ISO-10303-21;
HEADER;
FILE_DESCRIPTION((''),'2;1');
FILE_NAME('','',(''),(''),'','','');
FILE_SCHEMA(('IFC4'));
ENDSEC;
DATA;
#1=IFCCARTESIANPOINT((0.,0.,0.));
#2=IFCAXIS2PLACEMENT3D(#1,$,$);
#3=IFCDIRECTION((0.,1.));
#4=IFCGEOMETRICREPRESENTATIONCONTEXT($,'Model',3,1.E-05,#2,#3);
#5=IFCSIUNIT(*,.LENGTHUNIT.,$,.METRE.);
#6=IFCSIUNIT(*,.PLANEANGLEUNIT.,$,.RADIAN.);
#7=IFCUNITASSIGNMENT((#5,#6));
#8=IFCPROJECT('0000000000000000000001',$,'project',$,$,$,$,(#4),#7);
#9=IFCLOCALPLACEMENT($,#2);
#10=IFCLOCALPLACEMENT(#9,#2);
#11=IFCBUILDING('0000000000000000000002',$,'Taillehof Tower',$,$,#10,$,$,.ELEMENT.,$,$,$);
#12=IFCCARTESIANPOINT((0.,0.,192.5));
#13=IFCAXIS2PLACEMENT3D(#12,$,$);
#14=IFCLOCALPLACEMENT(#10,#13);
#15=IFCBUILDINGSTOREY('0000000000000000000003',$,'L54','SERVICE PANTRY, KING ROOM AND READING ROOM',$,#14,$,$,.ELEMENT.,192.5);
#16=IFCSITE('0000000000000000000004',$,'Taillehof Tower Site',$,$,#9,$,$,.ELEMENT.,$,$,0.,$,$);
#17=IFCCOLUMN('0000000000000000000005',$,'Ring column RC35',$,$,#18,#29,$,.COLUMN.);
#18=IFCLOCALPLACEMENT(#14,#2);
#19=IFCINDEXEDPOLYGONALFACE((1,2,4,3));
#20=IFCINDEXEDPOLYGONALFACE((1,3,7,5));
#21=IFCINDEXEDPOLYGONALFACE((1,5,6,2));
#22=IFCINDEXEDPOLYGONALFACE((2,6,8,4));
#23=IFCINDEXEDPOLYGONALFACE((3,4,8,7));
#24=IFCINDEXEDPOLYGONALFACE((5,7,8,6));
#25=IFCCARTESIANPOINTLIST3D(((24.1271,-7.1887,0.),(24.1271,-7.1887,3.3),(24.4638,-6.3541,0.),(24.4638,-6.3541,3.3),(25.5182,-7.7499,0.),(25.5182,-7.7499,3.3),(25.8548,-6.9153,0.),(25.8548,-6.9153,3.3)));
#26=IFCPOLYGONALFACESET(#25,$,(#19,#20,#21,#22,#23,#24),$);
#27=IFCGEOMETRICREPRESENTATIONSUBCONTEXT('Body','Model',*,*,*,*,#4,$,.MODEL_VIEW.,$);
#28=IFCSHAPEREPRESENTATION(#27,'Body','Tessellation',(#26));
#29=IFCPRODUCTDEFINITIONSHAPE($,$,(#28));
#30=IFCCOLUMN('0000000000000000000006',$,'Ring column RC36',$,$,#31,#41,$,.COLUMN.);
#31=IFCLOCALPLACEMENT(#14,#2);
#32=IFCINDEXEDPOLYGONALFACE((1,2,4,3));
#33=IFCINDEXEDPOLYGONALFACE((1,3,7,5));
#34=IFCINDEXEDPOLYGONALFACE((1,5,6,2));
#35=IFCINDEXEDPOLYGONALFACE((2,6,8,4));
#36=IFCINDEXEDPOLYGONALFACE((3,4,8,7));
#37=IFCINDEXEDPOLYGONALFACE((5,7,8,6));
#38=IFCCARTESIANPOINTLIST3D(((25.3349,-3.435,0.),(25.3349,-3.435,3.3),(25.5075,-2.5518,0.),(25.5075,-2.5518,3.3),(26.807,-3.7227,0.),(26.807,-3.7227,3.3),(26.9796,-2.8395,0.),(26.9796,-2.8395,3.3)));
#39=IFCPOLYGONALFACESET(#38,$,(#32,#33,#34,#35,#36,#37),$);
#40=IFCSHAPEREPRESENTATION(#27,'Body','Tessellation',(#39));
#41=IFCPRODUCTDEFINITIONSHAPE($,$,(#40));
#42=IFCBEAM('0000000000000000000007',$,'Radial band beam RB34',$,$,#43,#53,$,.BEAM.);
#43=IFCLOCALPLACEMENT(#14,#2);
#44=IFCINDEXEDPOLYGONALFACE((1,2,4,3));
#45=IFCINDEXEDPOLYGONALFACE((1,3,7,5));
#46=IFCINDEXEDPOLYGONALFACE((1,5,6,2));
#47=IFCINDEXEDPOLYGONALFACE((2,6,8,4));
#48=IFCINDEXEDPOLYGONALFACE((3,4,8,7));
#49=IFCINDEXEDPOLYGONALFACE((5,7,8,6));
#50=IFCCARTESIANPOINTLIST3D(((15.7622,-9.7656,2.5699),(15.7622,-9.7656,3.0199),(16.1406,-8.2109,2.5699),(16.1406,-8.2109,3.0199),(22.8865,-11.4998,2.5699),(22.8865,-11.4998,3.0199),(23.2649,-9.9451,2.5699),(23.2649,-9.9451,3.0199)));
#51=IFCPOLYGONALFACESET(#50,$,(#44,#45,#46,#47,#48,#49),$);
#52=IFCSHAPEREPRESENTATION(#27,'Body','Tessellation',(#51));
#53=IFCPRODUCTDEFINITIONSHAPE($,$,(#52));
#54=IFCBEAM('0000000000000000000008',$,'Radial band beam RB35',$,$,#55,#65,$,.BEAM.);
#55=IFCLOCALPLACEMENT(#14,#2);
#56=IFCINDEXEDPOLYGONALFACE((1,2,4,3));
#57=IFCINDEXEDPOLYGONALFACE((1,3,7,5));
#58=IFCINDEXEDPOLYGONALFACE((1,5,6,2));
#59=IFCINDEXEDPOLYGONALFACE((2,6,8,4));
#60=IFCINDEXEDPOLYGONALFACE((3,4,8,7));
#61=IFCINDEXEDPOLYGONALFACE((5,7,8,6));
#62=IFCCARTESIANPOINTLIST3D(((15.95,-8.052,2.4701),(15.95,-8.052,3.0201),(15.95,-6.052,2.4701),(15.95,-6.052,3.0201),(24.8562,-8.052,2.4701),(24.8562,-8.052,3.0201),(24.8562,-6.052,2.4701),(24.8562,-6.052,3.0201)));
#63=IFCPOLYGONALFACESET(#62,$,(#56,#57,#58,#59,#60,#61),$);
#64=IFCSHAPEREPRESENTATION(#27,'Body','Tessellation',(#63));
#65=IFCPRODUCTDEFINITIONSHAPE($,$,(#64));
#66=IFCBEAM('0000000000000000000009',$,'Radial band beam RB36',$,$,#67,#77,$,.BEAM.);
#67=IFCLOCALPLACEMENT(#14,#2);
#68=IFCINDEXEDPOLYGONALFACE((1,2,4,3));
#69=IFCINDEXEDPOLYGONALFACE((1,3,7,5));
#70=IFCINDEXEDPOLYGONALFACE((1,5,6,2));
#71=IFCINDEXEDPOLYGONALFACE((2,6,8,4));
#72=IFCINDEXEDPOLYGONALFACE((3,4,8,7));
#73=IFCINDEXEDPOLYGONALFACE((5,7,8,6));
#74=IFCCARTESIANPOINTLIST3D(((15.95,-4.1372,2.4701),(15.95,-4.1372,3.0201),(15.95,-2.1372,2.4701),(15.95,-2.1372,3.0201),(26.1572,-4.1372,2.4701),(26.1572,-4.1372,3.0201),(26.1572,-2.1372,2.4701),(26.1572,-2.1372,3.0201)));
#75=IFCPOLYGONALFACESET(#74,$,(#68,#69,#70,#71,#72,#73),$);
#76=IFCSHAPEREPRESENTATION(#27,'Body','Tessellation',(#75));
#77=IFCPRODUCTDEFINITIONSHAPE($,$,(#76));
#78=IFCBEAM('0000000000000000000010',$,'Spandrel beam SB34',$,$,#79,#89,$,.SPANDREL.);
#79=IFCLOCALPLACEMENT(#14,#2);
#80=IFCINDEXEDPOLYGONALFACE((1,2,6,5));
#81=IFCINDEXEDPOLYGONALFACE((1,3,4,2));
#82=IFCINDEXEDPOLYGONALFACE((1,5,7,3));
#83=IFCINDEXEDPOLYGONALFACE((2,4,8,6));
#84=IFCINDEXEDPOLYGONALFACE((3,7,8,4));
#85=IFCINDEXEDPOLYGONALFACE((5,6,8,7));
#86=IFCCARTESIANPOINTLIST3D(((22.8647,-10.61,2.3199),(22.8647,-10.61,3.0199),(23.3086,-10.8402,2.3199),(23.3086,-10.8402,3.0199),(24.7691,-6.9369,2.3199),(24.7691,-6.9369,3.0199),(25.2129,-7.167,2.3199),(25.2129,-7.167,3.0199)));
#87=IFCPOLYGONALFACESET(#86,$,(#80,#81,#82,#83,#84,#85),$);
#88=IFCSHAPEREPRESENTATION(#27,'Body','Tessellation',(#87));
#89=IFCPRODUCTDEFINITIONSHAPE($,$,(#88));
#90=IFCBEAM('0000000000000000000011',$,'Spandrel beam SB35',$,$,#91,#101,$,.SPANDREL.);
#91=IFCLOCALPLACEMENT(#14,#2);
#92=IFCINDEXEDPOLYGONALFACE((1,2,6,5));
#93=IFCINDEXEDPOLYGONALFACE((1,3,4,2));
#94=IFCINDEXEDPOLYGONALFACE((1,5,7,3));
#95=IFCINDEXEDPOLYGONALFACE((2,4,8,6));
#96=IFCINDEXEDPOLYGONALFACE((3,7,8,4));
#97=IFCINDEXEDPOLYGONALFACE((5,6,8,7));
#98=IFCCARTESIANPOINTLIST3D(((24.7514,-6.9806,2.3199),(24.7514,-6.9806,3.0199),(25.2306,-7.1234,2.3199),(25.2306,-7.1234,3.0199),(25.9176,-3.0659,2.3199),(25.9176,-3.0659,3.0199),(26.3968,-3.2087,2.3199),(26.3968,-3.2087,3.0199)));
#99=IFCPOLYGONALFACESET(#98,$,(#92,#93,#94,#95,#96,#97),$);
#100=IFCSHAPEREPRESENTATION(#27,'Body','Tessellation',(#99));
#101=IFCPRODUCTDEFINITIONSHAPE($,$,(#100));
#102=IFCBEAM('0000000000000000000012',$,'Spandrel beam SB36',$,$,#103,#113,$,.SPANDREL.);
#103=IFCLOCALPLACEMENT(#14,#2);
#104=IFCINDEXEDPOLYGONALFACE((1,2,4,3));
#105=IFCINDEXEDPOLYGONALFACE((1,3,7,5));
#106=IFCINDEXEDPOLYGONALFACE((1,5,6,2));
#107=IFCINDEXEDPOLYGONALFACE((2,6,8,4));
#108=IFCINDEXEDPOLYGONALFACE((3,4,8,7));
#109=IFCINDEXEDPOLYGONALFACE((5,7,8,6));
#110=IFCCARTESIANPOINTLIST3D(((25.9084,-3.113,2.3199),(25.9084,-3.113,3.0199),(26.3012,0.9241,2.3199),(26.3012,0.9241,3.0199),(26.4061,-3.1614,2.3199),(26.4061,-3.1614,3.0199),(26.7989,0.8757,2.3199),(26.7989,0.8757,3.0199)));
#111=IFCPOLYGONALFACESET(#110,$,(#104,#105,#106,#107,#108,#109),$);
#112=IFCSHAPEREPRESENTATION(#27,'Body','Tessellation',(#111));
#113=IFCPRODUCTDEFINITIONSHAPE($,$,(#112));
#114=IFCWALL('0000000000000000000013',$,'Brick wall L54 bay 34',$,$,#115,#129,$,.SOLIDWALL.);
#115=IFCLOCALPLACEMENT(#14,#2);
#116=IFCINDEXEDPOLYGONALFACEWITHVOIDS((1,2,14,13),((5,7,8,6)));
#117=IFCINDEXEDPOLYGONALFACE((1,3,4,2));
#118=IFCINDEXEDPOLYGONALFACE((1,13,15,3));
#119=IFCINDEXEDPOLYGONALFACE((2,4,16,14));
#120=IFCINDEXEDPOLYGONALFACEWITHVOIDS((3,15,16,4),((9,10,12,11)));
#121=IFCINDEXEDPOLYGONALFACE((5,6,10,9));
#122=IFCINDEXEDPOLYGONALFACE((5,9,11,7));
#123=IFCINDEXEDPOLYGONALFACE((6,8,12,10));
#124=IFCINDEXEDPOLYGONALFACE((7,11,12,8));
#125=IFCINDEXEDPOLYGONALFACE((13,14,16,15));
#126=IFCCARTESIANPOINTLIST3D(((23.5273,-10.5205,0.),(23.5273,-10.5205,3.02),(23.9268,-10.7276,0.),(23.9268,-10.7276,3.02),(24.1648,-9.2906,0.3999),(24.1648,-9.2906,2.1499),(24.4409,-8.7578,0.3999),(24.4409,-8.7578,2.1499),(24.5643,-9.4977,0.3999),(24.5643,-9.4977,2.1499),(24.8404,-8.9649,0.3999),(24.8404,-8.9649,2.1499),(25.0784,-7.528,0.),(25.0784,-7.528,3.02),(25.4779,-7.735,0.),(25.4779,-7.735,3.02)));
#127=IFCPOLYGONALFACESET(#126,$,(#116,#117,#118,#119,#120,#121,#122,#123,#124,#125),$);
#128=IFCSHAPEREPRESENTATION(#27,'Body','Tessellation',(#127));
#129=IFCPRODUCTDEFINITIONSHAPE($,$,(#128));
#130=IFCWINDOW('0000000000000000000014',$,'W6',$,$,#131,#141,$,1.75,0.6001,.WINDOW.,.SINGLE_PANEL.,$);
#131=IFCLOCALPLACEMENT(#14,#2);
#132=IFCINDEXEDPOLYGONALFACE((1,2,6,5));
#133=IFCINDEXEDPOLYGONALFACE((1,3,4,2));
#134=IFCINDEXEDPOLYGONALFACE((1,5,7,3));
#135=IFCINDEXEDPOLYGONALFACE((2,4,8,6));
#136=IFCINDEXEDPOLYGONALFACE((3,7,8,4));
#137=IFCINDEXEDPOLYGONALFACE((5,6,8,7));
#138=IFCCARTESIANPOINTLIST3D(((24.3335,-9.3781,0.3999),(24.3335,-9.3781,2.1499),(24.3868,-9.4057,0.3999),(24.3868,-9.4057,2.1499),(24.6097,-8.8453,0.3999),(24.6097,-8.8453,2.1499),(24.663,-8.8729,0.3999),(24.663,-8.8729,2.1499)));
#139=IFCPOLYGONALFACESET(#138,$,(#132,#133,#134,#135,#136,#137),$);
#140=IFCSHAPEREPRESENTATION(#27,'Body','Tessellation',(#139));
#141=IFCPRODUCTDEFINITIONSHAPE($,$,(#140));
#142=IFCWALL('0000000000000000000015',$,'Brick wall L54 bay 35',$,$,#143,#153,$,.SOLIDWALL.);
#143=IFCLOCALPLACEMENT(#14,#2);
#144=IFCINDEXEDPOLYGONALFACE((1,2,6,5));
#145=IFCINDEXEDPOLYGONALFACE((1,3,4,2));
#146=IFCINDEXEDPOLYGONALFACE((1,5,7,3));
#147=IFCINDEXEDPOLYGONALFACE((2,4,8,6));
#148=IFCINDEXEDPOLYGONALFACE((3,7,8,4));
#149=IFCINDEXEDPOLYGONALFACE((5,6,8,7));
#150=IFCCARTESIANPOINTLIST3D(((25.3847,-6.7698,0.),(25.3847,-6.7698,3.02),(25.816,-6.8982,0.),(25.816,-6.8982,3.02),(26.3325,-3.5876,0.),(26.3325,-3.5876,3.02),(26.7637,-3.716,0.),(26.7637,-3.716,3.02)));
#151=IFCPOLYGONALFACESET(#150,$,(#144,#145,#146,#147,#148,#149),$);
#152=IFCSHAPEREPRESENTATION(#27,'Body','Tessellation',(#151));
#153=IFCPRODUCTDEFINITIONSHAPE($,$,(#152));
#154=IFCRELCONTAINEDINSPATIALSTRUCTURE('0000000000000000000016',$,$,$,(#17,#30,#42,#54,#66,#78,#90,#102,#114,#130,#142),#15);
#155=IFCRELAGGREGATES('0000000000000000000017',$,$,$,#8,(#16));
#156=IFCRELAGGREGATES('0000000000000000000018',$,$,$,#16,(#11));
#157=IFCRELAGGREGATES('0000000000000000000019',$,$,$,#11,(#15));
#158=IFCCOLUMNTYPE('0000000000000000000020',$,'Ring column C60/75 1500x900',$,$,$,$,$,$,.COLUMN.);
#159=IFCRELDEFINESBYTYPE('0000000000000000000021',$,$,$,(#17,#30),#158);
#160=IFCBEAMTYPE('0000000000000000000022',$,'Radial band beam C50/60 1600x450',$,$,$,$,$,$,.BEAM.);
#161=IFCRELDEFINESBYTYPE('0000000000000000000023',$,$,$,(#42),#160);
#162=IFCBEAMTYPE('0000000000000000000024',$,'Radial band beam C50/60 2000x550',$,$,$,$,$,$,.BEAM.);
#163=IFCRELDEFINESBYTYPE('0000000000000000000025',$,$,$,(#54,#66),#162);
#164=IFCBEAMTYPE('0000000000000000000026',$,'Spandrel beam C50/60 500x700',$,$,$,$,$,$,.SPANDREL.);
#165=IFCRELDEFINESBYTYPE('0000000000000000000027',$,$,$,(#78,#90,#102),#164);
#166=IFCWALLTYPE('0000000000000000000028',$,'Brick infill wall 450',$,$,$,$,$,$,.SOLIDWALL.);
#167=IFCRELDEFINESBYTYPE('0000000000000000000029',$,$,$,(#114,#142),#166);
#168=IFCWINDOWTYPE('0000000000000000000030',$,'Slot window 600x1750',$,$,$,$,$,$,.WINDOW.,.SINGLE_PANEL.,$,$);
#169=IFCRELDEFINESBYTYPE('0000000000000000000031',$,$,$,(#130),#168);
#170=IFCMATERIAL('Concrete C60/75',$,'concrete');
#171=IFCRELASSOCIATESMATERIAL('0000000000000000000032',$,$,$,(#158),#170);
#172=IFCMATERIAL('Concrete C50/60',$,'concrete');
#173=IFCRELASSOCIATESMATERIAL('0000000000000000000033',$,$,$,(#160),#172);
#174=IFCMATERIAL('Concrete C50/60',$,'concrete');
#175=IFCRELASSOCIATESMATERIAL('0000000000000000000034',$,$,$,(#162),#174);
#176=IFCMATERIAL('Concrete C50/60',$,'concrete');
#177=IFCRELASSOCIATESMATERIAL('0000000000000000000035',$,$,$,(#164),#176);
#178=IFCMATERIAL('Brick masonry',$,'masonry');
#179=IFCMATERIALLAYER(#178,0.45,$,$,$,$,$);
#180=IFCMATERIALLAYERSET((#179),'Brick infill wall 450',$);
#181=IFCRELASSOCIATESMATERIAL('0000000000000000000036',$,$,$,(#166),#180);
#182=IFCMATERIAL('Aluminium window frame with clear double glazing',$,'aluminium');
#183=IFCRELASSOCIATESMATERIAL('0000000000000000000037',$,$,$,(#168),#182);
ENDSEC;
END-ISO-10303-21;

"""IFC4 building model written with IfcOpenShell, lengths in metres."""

from ifc_helpers import new_model, si_unit, direction, frame, frame_2d, origin, origin_2d, place, context, subcontext, project, spatial, rectangle, extrude, material, layer, layer_set, material_profile, profile_set, type_object, element, fill, save


model = new_model("IFC4")

# Units and contexts
model_context = context("Model", 3, precision=1e-05, world=origin(), true_north=direction((0.0, 1.0)))
body_context = subcontext(model_context, "Body", "Model", "MODEL_VIEW")
ifc_project = project(units=[si_unit("LENGTHUNIT", "METRE"), si_unit("PLANEANGLEUNIT", "RADIAN")], contexts=[model_context])

# Site, building, storey
site_placement = place(None, origin())
site = spatial("IfcSite", under=ifc_project, at=site_placement, Name="Taillehof Tower Site", CompositionType="ELEMENT", RefElevation=0.0)
building_placement = place(site_placement, origin())
building = spatial("IfcBuilding", under=site, at=building_placement, Name="Taillehof Tower", CompositionType="ELEMENT")
storey_placement = place(building_placement, frame((0.0, 0.0, 192.5)))
storey = spatial("IfcBuildingStorey", under=building, at=storey_placement, Name="L54", Description="SERVICE PANTRY, KING ROOM AND READING ROOM", CompositionType="ELEMENT", Elevation=192.5)

# Columns
ifc_material_1 = material(Name="Concrete C60/75", Category="concrete")
ifc_material_profile_1 = material_profile(ifc_material_1, rectangle(XDim=1.5, YDim=0.8999, at=origin_2d()), Name="RC 1500x900")
ifc_profile_set_1 = profile_set([ifc_material_profile_1], Name="Concrete C60/75")
column_type = type_object("IfcColumnType", Name="Ring column C60/75 1500x900", PredefinedType="COLUMN", material=ifc_profile_set_1)
for number, where, z_axis, x_axis, name in (
    (1, (24.991, -7.052, 0.0), (0.0, 0.0, 1.0), (0.927385, -0.374108, 0.0), "Ring column RC35"),
    (2, (26.1572, -3.1372, 0.0), (0.0, 0.0, 1.0), (0.981434, -0.191801, 0.0), "Ring column RC36"),
):
    element("IfcColumn", number, at=place(storey_placement, frame(where, z_axis=z_axis, x_axis=x_axis)), inside=storey, type_object=column_type, Name=name, PredefinedType="COLUMN", context=body_context, shape_type="SweptSolid", body=[
        extrude(rectangle(XDim=1.5, YDim=0.8999, at=origin_2d()), origin(), (0.0, 0.0, 1.0), 3.3),
    ])

# Beams
ifc_material_2 = material(Name="Concrete C50/60", Category="concrete")
ifc_material_profile_2 = material_profile(ifc_material_2, rectangle(XDim=1.6001, YDim=0.45, at=origin_2d()), Name="RC 1600x450")
ifc_profile_set_2 = profile_set([ifc_material_profile_2], Name="Concrete C50/60")
beam_type_1 = type_object("IfcBeamType", Name="Radial band beam C50/60 1600x450", PredefinedType="BEAM", material=ifc_profile_set_2)
beam_1_placement = place(storey_placement, frame((23.0757, -10.7224, 2.7949), z_axis=(-0.97163, 0.236506, 0.0), x_axis=(-0.236506, -0.97163, 0.0)))
element("IfcBeam", 3, at=beam_1_placement, inside=storey, type_object=beam_type_1, Name="Radial band beam RB34", PredefinedType="BEAM", context=body_context, shape_type="SweptSolid", body=[
    extrude(rectangle(XDim=1.6001, YDim=0.45, at=origin_2d()), origin(), (0.0, 0.0, 1.0), 7.3323),
])
ifc_material_3 = material(Name="Concrete C50/60", Category="concrete")
ifc_material_profile_3 = material_profile(ifc_material_3, rectangle(XDim=2.0, YDim=0.55, at=origin_2d()), Name="RC 2000x550")
ifc_profile_set_3 = profile_set([ifc_material_profile_3], Name="Concrete C50/60")
beam_type_2 = type_object("IfcBeamType", Name="Radial band beam C50/60 2000x550", PredefinedType="BEAM", material=ifc_profile_set_3)
beam_2_placement = place(storey_placement, frame((24.8562, -7.052, 2.7451), z_axis=(-1.0, 0.0, 0.0), x_axis=(0.0, -1.0, 0.0)))
element("IfcBeam", 4, at=beam_2_placement, inside=storey, type_object=beam_type_2, Name="Radial band beam RB35", PredefinedType="BEAM", context=body_context, shape_type="SweptSolid", body=[
    extrude(rectangle(XDim=2.0, YDim=0.55, at=origin_2d()), origin(), (0.0, 0.0, 1.0), 8.9062),
])
beam_3_placement = place(storey_placement, frame((26.1572, -3.1372, 2.7451), z_axis=(-1.0, 0.0, 0.0), x_axis=(0.0, -1.0, 0.0)))
element("IfcBeam", 5, at=beam_3_placement, inside=storey, type_object=beam_type_2, Name="Radial band beam RB36", PredefinedType="BEAM", context=body_context, shape_type="SweptSolid", body=[
    extrude(rectangle(XDim=2.0, YDim=0.55, at=origin_2d()), origin(), (0.0, 0.0, 1.0), 10.2073),
])
ifc_material_4 = material(Name="Concrete C50/60", Category="concrete")
ifc_material_profile_4 = material_profile(ifc_material_4, rectangle(XDim=0.5, YDim=0.7, at=origin_2d()), Name="RC 500x700")
ifc_profile_set_4 = profile_set([ifc_material_profile_4], Name="Concrete C50/60")
beam_type_3 = type_object("IfcBeamType", Name="Spandrel beam C50/60 500x700", PredefinedType="SPANDREL", material=ifc_profile_set_4)
beam_4_placement = place(storey_placement, frame((23.0867, -10.7251, 2.6699), z_axis=(0.460265, 0.887781, 0.0), x_axis=(-0.887781, 0.460265, 0.0)))
element("IfcBeam", 6, at=beam_4_placement, inside=storey, type_object=beam_type_3, Name="Spandrel beam SB34", PredefinedType="SPANDREL", context=body_context, shape_type="SweptSolid", body=[
    extrude(rectangle(XDim=0.5, YDim=0.7, at=origin_2d()), origin(), (0.0, 0.0, 1.0), 4.1375),
])
beam_5_placement = place(storey_placement, frame((24.991, -7.052, 2.6699), z_axis=(0.28551, 0.958376, 0.0), x_axis=(-0.958376, 0.28551, 0.0)))
element("IfcBeam", 7, at=beam_5_placement, inside=storey, type_object=beam_type_3, Name="Spandrel beam SB35", PredefinedType="SPANDREL", context=body_context, shape_type="SweptSolid", body=[
    extrude(rectangle(XDim=0.5, YDim=0.7, at=origin_2d()), origin(), (0.0, 0.0, 1.0), 4.0847),
])
beam_6_placement = place(storey_placement, frame((26.1572, -3.1372, 2.6699), z_axis=(0.096845, 0.995299, 0.0), x_axis=(-0.995299, 0.096845, 0.0)))
element("IfcBeam", 8, at=beam_6_placement, inside=storey, type_object=beam_type_3, Name="Spandrel beam SB36", PredefinedType="SPANDREL", context=body_context, shape_type="SweptSolid", body=[
    extrude(rectangle(XDim=0.5, YDim=0.7, at=origin_2d()), origin(), (0.0, 0.0, 1.0), 4.0562),
])

# Wall, opening, window
ifc_material_5 = material(Name="Brick masonry", Category="masonry")
ifc_layer_1 = layer(ifc_material_5, 0.45)
ifc_layer_set_1 = layer_set([ifc_layer_1], Name="Brick infill wall 450")
wall_type_1 = type_object("IfcWallType", Name="Brick infill wall 450", PredefinedType="SOLIDWALL", material=ifc_layer_set_1)
wall_1_placement = place(storey_placement, frame((23.7271, -10.624, 0.0), z_axis=(0.0, 0.0, 1.0), x_axis=(0.460176, 0.887828, 0.0)))
wall_1 = element("IfcWall", 9, at=wall_1_placement, inside=storey, type_object=wall_type_1, Name="Brick wall L54 bay 34", PredefinedType="SOLIDWALL", context=body_context, shape_type="SweptSolid", body=[
    extrude(rectangle(XDim=3.3706, YDim=0.45, at=frame_2d((1.6853, 0.0))), origin(), (0.0, 0.0, 1.0), 3.02),
])
opening_1_placement = place(wall_1_placement, frame((1.3853, 0.0, 0.3999)))
opening_1 = element("IfcOpeningElement", 10, at=opening_1_placement, cuts=wall_1, PredefinedType="OPENING", context=body_context, shape_type="SweptSolid", body=[
    extrude(rectangle(XDim=0.6001, YDim=1.75, at=frame_2d((0.3, 0.875))), frame((0.0, 0.2349, 0.0), z_axis=(0.0, -1.0, 0.0), x_axis=(1.0, 0.0, 0.0)), (0.0, 0.0, 1.0), 0.47),
])
ifc_material_6 = material(Name="Aluminium window frame with clear double glazing", Category="aluminium")
window_type = type_object("IfcWindowType", Name="Slot window 600x1750", PartitioningType="SINGLE_PANEL", PredefinedType="WINDOW", material=ifc_material_6)
window_1_placement = place(opening_1_placement, origin())
window_1 = element("IfcWindow", 11, at=window_1_placement, inside=storey, type_object=window_type, Name="W6", OverallHeight=1.75, OverallWidth=0.6001, PartitioningType="SINGLE_PANEL", PredefinedType="WINDOW", context=body_context, shape_type="SweptSolid", body=[
    extrude(rectangle(XDim=0.6001, YDim=1.75, at=frame_2d((0.3, 0.875))), frame((0.0, 0.0349, 0.0), z_axis=(0.0, -1.0, 0.0), x_axis=(1.0, 0.0, 0.0)), (0.0, 0.0, 1.0), 0.0601),
])
fill(opening_1, window_1)

# Wall
wall_2_placement = place(storey_placement, frame((25.6003, -6.834, 0.0), z_axis=(0.0, 0.0, 1.0), x_axis=(0.285445, 0.958395, 0.0)))
element("IfcWall", 12, at=wall_2_placement, inside=storey, type_object=wall_type_1, Name="Brick wall L54 bay 35", PredefinedType="SOLIDWALL", context=body_context, shape_type="SweptSolid", body=[
    extrude(rectangle(XDim=3.3203, YDim=0.45, at=frame_2d((1.6602, 0.0))), origin(), (0.0, 0.0, 1.0), 3.02),
])

save(model, "model.ifc")
